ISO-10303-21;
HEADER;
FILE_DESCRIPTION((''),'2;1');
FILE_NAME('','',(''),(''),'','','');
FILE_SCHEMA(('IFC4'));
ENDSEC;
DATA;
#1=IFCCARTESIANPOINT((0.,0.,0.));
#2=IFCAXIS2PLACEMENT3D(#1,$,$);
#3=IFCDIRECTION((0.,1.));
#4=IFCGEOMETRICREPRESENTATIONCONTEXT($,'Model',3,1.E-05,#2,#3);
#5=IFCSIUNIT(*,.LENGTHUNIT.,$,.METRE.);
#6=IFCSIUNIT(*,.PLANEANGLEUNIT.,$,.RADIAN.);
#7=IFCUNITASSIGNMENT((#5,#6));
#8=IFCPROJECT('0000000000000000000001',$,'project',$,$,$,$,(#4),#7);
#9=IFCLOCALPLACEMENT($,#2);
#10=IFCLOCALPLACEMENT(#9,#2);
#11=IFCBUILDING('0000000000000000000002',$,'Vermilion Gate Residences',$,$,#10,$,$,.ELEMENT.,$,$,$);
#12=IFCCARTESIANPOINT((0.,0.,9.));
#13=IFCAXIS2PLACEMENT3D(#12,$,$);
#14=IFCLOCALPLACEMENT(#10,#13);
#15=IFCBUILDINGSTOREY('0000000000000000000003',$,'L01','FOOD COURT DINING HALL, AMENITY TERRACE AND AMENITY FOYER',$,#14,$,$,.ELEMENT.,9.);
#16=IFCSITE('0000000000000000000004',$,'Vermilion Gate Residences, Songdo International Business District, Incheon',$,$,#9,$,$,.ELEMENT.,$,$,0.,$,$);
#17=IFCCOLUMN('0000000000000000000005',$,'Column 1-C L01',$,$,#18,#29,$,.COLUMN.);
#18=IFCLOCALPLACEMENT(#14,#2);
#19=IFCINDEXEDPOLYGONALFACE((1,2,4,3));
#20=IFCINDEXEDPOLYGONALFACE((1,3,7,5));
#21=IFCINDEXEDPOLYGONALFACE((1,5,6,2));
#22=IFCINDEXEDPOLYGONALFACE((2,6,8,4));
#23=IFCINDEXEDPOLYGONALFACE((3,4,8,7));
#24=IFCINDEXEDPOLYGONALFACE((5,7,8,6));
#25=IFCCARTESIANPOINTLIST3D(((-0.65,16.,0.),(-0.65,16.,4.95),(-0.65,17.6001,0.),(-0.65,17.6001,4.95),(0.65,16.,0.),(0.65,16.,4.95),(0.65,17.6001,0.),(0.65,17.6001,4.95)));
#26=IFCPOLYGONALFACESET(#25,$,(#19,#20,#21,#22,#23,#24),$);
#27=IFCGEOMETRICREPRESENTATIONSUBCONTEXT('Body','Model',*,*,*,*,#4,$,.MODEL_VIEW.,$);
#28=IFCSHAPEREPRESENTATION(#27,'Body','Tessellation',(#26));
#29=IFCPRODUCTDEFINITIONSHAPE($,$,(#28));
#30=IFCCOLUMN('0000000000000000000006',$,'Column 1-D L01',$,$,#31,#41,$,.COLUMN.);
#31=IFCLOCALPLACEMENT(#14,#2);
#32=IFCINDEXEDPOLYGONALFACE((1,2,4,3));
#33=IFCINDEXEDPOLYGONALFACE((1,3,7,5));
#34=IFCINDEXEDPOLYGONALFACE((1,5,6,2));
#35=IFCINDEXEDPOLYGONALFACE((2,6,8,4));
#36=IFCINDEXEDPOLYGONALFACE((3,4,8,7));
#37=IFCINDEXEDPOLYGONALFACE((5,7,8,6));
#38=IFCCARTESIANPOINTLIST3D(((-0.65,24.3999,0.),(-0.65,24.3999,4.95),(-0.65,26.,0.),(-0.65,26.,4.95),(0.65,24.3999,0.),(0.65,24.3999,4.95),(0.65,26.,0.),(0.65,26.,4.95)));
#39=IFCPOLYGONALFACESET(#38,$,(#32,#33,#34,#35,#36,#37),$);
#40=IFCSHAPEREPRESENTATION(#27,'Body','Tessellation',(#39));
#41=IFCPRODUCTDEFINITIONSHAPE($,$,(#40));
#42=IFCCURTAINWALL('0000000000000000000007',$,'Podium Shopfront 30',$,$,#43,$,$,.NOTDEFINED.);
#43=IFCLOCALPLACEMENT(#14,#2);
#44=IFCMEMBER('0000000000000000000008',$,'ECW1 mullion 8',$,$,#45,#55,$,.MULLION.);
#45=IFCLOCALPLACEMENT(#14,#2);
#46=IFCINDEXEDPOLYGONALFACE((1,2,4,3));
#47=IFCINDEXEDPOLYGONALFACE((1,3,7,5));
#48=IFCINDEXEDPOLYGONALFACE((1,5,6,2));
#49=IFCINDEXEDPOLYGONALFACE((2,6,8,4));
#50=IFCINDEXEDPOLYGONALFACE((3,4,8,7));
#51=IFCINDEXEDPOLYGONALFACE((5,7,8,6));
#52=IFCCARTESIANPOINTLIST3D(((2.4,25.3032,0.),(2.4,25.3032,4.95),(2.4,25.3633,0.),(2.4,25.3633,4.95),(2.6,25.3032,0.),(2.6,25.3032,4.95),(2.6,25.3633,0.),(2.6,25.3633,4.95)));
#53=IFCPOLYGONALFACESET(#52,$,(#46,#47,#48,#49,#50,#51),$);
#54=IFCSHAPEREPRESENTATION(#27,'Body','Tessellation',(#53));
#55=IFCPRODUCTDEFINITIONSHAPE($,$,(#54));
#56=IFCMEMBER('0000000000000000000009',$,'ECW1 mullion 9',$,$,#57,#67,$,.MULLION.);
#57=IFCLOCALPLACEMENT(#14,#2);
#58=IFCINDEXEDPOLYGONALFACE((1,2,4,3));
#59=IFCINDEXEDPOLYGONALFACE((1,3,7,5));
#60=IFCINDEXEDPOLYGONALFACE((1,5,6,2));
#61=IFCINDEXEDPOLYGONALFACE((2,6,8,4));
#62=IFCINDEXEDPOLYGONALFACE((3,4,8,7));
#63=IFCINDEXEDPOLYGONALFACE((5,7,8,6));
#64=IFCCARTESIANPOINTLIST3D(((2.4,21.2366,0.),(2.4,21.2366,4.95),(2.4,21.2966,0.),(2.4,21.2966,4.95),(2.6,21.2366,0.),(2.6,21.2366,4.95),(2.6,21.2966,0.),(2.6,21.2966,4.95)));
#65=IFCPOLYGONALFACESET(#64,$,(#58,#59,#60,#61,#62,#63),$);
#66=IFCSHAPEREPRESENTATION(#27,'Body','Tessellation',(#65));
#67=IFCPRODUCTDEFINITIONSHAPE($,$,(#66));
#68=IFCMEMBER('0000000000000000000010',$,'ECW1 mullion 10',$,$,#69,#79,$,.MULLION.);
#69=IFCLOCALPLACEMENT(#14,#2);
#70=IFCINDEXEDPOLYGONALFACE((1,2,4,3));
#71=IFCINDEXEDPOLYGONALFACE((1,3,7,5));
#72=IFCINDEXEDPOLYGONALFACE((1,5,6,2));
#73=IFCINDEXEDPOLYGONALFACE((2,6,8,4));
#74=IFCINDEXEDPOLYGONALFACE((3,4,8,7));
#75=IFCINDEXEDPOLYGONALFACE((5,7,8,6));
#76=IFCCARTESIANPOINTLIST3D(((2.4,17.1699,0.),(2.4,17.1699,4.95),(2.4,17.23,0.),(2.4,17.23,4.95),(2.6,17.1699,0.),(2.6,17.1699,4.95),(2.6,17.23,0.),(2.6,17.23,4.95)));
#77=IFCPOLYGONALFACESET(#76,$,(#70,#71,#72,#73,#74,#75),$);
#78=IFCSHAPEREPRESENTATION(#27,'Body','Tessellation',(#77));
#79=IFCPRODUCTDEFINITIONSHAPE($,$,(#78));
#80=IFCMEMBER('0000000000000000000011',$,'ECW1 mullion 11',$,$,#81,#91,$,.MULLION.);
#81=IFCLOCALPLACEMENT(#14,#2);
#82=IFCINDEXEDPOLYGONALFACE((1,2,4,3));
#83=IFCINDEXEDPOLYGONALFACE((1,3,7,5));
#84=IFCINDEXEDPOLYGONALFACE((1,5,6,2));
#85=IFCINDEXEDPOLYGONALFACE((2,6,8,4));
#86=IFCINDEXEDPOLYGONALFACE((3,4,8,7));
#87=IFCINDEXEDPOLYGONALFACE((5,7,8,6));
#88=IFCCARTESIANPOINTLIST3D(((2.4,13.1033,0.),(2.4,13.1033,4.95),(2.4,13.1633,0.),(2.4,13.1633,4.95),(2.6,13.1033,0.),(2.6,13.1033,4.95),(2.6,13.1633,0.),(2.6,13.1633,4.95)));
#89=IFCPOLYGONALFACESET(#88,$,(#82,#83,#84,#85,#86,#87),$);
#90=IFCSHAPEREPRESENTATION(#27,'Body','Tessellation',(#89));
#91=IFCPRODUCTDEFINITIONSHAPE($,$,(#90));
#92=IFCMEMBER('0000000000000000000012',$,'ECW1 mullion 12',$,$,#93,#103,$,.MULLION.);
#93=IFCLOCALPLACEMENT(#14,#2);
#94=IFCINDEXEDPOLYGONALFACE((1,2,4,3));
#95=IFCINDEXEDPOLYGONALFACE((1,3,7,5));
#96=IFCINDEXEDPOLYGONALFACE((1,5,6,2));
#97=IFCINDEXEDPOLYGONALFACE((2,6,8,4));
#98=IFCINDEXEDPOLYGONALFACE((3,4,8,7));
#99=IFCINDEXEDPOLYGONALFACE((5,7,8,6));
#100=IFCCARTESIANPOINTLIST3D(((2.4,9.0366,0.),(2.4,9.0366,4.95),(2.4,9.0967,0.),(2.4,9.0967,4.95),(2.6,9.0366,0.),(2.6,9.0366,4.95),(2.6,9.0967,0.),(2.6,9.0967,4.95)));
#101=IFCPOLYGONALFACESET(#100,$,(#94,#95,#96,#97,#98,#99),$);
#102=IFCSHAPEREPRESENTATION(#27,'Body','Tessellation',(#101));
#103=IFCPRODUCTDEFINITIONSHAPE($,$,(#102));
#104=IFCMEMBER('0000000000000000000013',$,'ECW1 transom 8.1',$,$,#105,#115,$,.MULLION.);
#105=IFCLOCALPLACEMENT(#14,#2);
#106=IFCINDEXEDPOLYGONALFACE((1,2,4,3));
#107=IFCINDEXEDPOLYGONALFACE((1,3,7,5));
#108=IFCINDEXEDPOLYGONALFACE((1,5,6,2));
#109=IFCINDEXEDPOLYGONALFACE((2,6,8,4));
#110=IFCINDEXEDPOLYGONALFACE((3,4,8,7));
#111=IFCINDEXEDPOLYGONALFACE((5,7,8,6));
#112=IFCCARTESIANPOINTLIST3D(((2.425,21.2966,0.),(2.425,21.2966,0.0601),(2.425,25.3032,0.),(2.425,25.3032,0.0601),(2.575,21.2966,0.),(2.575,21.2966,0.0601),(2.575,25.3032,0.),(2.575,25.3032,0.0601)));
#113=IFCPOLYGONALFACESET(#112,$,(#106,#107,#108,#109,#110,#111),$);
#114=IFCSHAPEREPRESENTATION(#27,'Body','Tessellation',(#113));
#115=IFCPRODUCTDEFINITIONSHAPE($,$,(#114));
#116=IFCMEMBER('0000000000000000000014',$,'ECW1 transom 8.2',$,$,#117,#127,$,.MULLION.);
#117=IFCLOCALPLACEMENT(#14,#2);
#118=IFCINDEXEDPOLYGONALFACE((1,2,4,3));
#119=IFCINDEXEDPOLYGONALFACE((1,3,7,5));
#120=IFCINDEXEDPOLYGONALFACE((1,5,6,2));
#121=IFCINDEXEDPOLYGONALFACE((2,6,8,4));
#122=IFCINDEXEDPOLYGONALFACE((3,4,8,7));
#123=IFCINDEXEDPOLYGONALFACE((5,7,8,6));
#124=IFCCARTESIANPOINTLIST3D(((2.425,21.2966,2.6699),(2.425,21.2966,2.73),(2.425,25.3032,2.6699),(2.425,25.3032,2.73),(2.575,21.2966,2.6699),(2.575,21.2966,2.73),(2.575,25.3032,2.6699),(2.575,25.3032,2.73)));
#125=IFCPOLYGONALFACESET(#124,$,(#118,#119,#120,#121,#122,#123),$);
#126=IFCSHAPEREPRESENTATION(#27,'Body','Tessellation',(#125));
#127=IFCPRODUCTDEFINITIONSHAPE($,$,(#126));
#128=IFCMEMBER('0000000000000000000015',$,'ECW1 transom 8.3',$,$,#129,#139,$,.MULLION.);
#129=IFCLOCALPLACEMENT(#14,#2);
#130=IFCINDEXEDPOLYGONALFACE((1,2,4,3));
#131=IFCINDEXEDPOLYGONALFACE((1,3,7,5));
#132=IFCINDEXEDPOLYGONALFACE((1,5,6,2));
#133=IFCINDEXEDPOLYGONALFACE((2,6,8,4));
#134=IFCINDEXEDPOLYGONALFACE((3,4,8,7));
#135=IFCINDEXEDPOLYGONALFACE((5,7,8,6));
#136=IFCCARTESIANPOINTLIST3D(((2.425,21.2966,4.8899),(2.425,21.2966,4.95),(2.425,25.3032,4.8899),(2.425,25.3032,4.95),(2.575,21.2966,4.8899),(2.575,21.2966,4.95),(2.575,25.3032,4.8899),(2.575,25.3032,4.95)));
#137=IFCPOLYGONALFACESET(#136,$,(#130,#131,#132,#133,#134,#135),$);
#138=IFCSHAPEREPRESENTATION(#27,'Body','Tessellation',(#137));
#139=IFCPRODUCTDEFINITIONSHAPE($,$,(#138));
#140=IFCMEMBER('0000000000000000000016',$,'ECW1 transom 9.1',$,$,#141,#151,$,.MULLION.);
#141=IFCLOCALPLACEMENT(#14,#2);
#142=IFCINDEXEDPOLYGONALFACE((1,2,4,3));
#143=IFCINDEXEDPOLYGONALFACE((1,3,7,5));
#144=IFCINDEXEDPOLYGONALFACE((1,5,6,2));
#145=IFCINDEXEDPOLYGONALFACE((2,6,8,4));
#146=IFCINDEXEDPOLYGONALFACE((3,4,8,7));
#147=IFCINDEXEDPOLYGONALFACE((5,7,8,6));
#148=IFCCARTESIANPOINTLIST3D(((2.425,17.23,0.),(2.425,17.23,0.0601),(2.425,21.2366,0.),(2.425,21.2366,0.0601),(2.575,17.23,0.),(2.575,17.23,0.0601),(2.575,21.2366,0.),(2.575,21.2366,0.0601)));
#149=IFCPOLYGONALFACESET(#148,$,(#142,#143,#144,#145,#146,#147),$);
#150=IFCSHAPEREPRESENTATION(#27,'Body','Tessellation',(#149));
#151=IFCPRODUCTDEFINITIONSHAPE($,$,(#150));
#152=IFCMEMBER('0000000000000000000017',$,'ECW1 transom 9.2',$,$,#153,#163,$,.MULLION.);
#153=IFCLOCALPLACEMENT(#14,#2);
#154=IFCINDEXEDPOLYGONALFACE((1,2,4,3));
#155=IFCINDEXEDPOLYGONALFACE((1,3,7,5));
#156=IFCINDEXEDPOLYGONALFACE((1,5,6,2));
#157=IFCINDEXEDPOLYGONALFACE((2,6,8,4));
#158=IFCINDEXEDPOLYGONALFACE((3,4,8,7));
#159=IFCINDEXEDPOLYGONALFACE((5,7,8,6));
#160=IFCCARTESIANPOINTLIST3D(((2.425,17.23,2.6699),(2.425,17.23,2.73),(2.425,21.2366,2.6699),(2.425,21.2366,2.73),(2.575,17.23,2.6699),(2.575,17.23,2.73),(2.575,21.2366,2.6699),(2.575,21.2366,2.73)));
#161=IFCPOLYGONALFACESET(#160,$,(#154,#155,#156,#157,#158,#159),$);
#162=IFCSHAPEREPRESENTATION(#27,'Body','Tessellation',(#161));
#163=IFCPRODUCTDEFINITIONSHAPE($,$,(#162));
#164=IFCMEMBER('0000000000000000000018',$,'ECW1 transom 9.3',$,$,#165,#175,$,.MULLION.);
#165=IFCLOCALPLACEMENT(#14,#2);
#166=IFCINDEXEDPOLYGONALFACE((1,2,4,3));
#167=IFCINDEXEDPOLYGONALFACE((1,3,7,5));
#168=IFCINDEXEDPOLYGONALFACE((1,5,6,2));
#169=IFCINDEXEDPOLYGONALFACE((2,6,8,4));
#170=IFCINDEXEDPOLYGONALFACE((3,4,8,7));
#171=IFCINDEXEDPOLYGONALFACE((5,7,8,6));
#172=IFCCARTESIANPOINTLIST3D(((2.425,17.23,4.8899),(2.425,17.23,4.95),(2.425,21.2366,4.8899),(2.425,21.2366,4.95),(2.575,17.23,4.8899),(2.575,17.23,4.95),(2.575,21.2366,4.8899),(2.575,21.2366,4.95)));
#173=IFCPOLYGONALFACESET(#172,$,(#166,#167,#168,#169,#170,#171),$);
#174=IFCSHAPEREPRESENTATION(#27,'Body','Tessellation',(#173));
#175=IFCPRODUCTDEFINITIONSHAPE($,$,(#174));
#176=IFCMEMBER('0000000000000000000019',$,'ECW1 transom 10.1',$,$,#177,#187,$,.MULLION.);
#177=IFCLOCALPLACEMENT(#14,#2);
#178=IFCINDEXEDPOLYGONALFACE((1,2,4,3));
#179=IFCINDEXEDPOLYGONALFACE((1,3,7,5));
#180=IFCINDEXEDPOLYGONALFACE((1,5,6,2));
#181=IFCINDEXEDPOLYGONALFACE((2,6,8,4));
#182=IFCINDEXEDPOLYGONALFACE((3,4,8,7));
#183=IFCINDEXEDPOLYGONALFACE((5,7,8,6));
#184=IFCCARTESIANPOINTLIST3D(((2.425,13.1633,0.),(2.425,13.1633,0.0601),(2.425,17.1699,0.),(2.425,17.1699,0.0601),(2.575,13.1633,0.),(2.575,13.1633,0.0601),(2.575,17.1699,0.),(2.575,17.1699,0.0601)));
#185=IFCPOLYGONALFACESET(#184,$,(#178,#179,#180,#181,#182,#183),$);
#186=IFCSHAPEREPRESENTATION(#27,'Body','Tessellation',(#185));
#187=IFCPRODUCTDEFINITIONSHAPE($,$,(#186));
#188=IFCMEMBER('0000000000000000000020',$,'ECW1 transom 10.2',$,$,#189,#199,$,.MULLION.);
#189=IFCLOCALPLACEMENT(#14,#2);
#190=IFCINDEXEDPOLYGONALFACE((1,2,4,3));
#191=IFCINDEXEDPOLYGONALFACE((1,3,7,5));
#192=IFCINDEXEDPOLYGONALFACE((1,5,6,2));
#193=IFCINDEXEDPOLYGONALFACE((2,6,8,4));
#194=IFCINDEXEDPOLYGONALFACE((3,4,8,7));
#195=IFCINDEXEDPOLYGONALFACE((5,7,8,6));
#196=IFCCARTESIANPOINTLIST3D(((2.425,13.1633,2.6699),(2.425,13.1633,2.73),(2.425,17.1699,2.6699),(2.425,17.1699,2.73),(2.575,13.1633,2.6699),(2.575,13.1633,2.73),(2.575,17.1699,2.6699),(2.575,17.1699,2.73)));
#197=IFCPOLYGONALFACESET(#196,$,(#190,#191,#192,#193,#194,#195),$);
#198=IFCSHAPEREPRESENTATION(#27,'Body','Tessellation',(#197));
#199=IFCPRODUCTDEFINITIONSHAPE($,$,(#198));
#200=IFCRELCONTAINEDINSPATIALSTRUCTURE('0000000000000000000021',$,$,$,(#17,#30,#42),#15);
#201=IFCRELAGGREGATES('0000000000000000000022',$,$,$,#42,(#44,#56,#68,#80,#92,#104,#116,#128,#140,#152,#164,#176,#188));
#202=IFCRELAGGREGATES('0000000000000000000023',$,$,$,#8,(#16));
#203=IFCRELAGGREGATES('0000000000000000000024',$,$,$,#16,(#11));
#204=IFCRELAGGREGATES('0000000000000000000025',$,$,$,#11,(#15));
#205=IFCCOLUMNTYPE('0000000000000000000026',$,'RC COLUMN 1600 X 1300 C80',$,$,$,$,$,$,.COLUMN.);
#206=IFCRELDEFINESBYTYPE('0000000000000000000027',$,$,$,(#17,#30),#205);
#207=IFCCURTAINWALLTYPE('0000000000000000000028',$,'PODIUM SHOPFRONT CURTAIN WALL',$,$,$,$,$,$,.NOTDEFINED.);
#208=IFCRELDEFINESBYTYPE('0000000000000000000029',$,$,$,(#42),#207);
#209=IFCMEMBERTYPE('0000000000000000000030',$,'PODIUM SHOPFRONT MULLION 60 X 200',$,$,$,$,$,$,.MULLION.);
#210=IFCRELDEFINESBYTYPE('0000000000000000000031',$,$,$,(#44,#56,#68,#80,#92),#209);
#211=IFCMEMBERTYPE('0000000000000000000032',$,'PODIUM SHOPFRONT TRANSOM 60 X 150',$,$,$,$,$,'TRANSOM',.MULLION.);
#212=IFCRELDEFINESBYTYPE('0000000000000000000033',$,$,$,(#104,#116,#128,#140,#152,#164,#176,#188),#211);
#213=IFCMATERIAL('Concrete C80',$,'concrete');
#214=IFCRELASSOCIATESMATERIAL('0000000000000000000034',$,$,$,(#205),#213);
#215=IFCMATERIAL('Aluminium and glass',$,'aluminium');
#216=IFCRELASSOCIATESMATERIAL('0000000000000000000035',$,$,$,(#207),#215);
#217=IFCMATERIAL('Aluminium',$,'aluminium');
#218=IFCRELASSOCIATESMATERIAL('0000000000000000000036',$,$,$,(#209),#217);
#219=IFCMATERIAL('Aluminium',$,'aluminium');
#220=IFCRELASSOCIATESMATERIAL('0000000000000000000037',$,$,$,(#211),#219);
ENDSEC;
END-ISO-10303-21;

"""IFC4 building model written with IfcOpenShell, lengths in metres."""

from ifc_helpers import new_model, si_unit, direction, frame, origin, origin_2d, place, context, subcontext, project, spatial, rectangle, extrude, material, material_profile, profile_set, type_object, element, aggregate, save


model = new_model("IFC4")

# Units and contexts
model_context = context("Model", 3, precision=1e-05, world=origin(), true_north=direction((0.0, 1.0)))
body_context = subcontext(model_context, "Body", "Model", "MODEL_VIEW")
ifc_project = project(units=[si_unit("LENGTHUNIT", "METRE"), si_unit("PLANEANGLEUNIT", "RADIAN")], contexts=[model_context])

# Site, building, storey
site_placement = place(None, origin())
site = spatial("IfcSite", under=ifc_project, at=site_placement, Name="Vermilion Gate Residences, Songdo International Business District, Incheon", CompositionType="ELEMENT", RefElevation=0.0)
building_placement = place(site_placement, origin())
building = spatial("IfcBuilding", under=site, at=building_placement, Name="Vermilion Gate Residences", CompositionType="ELEMENT")
storey_placement = place(building_placement, frame((0.0, 0.0, 9.0)))
storey = spatial("IfcBuildingStorey", under=building, at=storey_placement, Name="L01", Description="FOOD COURT DINING HALL, AMENITY TERRACE AND AMENITY FOYER", CompositionType="ELEMENT", Elevation=9.0)

# Columns
ifc_material_1 = material(Name="Concrete C80", Category="concrete")
ifc_material_profile_1 = material_profile(ifc_material_1, rectangle(XDim=1.6001, YDim=1.3, at=origin_2d()), Name="RC-1600x1300")
ifc_profile_set_1 = profile_set([ifc_material_profile_1], Name="Concrete C80")
column_type = type_object("IfcColumnType", Name="RC COLUMN 1600 X 1300 C80", PredefinedType="COLUMN", material=ifc_profile_set_1)
for number, where, z_axis, x_axis, name in (
    (1, (0.0, 16.8, 0.0), (0.0, 0.0, 1.0), (0.0, 1.0, 0.0), "Column 1-C L01"),
    (2, (0.0, 25.2, 0.0), (0.0, 0.0, 1.0), (0.0, 1.0, 0.0), "Column 1-D L01"),
):
    element("IfcColumn", number, at=place(storey_placement, frame(where, z_axis=z_axis, x_axis=x_axis)), inside=storey, type_object=column_type, Name=name, PredefinedType="COLUMN", context=body_context, shape_type="SweptSolid", body=[
        extrude(rectangle(XDim=1.6001, YDim=1.3, at=origin_2d()), origin(), (0.0, 0.0, 1.0), 4.95),
    ])

# Curtain wall, members
ifc_material_2 = material(Name="Aluminium and glass", Category="aluminium")
curtain_wall_type = type_object("IfcCurtainWallType", Name="PODIUM SHOPFRONT CURTAIN WALL", PredefinedType="NOTDEFINED", material=ifc_material_2)
curtain_wall_placement = place(storey_placement, origin())
curtain_wall = element("IfcCurtainWall", 3, at=curtain_wall_placement, inside=storey, type_object=curtain_wall_type, Name="Podium Shopfront 30", PredefinedType="NOTDEFINED")
ifc_material_3 = material(Name="Aluminium", Category="aluminium")
ifc_material_profile_2 = material_profile(ifc_material_3, rectangle(XDim=0.2, YDim=0.0601, at=origin_2d()), Name="MULLION 60 X 200")
ifc_profile_set_2 = profile_set([ifc_material_profile_2], Name="Aluminium")
member_type_1 = type_object("IfcMemberType", Name="PODIUM SHOPFRONT MULLION 60 X 200", PredefinedType="MULLION", material=ifc_profile_set_2)
member_1_placement = place(storey_placement, frame((2.5, 25.3333, 0.0), z_axis=(0.0, 0.0, 1.0), x_axis=(1.0, 0.0, 0.0)))
member_1 = element("IfcMember", 4, at=member_1_placement, type_object=member_type_1, Name="ECW1 mullion 8", PredefinedType="MULLION", context=body_context, shape_type="SweptSolid", body=[
    extrude(rectangle(XDim=0.2, YDim=0.0601, at=origin_2d()), origin(), (0.0, 0.0, 1.0), 4.95),
])
member_2_placement = place(storey_placement, frame((2.5, 21.2666, 0.0), z_axis=(0.0, 0.0, 1.0), x_axis=(1.0, 0.0, 0.0)))
member_2 = element("IfcMember", 5, at=member_2_placement, type_object=member_type_1, Name="ECW1 mullion 9", PredefinedType="MULLION", context=body_context, shape_type="SweptSolid", body=[
    extrude(rectangle(XDim=0.2, YDim=0.0601, at=origin_2d()), origin(), (0.0, 0.0, 1.0), 4.95),
])
member_3_placement = place(storey_placement, frame((2.5, 17.2, 0.0), z_axis=(0.0, 0.0, 1.0), x_axis=(1.0, 0.0, 0.0)))
member_3 = element("IfcMember", 6, at=member_3_placement, type_object=member_type_1, Name="ECW1 mullion 10", PredefinedType="MULLION", context=body_context, shape_type="SweptSolid", body=[
    extrude(rectangle(XDim=0.2, YDim=0.0601, at=origin_2d()), origin(), (0.0, 0.0, 1.0), 4.95),
])
member_4_placement = place(storey_placement, frame((2.5, 13.1333, 0.0), z_axis=(0.0, 0.0, 1.0), x_axis=(1.0, 0.0, 0.0)))
member_4 = element("IfcMember", 7, at=member_4_placement, type_object=member_type_1, Name="ECW1 mullion 11", PredefinedType="MULLION", context=body_context, shape_type="SweptSolid", body=[
    extrude(rectangle(XDim=0.2, YDim=0.0601, at=origin_2d()), origin(), (0.0, 0.0, 1.0), 4.95),
])
member_5_placement = place(storey_placement, frame((2.5, 9.0667, 0.0), z_axis=(0.0, 0.0, 1.0), x_axis=(1.0, 0.0, 0.0)))
member_5 = element("IfcMember", 8, at=member_5_placement, type_object=member_type_1, Name="ECW1 mullion 12", PredefinedType="MULLION", context=body_context, shape_type="SweptSolid", body=[
    extrude(rectangle(XDim=0.2, YDim=0.0601, at=origin_2d()), origin(), (0.0, 0.0, 1.0), 4.95),
])
ifc_material_4 = material(Name="Aluminium", Category="aluminium")
ifc_material_profile_3 = material_profile(ifc_material_4, rectangle(XDim=0.1499, YDim=0.0601, at=origin_2d()), Name="TRANSOM 60 X 150")
ifc_profile_set_3 = profile_set([ifc_material_profile_3], Name="Aluminium")
member_type_2 = type_object("IfcMemberType", Name="PODIUM SHOPFRONT TRANSOM 60 X 150", ElementType="TRANSOM", PredefinedType="MULLION", material=ifc_profile_set_3)
member_6_placement = place(storey_placement, frame((2.5, 25.3032, 0.03), z_axis=(0.0, -1.0, 0.0), x_axis=(1.0, 0.0, 0.0)))
member_6 = element("IfcMember", 9, at=member_6_placement, type_object=member_type_2, Name="ECW1 transom 8.1", PredefinedType="MULLION", context=body_context, shape_type="SweptSolid", body=[
    extrude(rectangle(XDim=0.1499, YDim=0.0601, at=origin_2d()), origin(), (0.0, 0.0, 1.0), 4.0066),
])
member_7_placement = place(storey_placement, frame((2.5, 25.3032, 2.7), z_axis=(0.0, -1.0, 0.0), x_axis=(1.0, 0.0, 0.0)))
member_7 = element("IfcMember", 10, at=member_7_placement, type_object=member_type_2, Name="ECW1 transom 8.2", PredefinedType="MULLION", context=body_context, shape_type="SweptSolid", body=[
    extrude(rectangle(XDim=0.1499, YDim=0.0601, at=origin_2d()), origin(), (0.0, 0.0, 1.0), 4.0066),
])
member_8_placement = place(storey_placement, frame((2.5, 25.3032, 4.9199), z_axis=(0.0, -1.0, 0.0), x_axis=(1.0, 0.0, 0.0)))
member_8 = element("IfcMember", 11, at=member_8_placement, type_object=member_type_2, Name="ECW1 transom 8.3", PredefinedType="MULLION", context=body_context, shape_type="SweptSolid", body=[
    extrude(rectangle(XDim=0.1499, YDim=0.0601, at=origin_2d()), origin(), (0.0, 0.0, 1.0), 4.0066),
])
member_9_placement = place(storey_placement, frame((2.5, 21.2366, 0.03), z_axis=(0.0, -1.0, 0.0), x_axis=(1.0, 0.0, 0.0)))
member_9 = element("IfcMember", 12, at=member_9_placement, type_object=member_type_2, Name="ECW1 transom 9.1", PredefinedType="MULLION", context=body_context, shape_type="SweptSolid", body=[
    extrude(rectangle(XDim=0.1499, YDim=0.0601, at=origin_2d()), origin(), (0.0, 0.0, 1.0), 4.0066),
])
member_10_placement = place(storey_placement, frame((2.5, 21.2366, 2.7), z_axis=(0.0, -1.0, 0.0), x_axis=(1.0, 0.0, 0.0)))
member_10 = element("IfcMember", 13, at=member_10_placement, type_object=member_type_2, Name="ECW1 transom 9.2", PredefinedType="MULLION", context=body_context, shape_type="SweptSolid", body=[
    extrude(rectangle(XDim=0.1499, YDim=0.0601, at=origin_2d()), origin(), (0.0, 0.0, 1.0), 4.0066),
])
member_11_placement = place(storey_placement, frame((2.5, 21.2366, 4.9199), z_axis=(0.0, -1.0, 0.0), x_axis=(1.0, 0.0, 0.0)))
member_11 = element("IfcMember", 14, at=member_11_placement, type_object=member_type_2, Name="ECW1 transom 9.3", PredefinedType="MULLION", context=body_context, shape_type="SweptSolid", body=[
    extrude(rectangle(XDim=0.1499, YDim=0.0601, at=origin_2d()), origin(), (0.0, 0.0, 1.0), 4.0066),
])
member_12_placement = place(storey_placement, frame((2.5, 17.1699, 0.03), z_axis=(0.0, -1.0, 0.0), x_axis=(1.0, 0.0, 0.0)))
member_12 = element("IfcMember", 15, at=member_12_placement, type_object=member_type_2, Name="ECW1 transom 10.1", PredefinedType="MULLION", context=body_context, shape_type="SweptSolid", body=[
    extrude(rectangle(XDim=0.1499, YDim=0.0601, at=origin_2d()), origin(), (0.0, 0.0, 1.0), 4.0066),
])
member_13_placement = place(storey_placement, frame((2.5, 17.1699, 2.7), z_axis=(0.0, -1.0, 0.0), x_axis=(1.0, 0.0, 0.0)))
member_13 = element("IfcMember", 16, at=member_13_placement, type_object=member_type_2, Name="ECW1 transom 10.2", PredefinedType="MULLION", context=body_context, shape_type="SweptSolid", body=[
    extrude(rectangle(XDim=0.1499, YDim=0.0601, at=origin_2d()), origin(), (0.0, 0.0, 1.0), 4.0066),
])

aggregate(curtain_wall, [member_1, member_2, member_3, member_4, member_5, member_6, member_7, member_8, member_9, member_10, member_11, member_12, member_13])

save(model, "model.ifc")
